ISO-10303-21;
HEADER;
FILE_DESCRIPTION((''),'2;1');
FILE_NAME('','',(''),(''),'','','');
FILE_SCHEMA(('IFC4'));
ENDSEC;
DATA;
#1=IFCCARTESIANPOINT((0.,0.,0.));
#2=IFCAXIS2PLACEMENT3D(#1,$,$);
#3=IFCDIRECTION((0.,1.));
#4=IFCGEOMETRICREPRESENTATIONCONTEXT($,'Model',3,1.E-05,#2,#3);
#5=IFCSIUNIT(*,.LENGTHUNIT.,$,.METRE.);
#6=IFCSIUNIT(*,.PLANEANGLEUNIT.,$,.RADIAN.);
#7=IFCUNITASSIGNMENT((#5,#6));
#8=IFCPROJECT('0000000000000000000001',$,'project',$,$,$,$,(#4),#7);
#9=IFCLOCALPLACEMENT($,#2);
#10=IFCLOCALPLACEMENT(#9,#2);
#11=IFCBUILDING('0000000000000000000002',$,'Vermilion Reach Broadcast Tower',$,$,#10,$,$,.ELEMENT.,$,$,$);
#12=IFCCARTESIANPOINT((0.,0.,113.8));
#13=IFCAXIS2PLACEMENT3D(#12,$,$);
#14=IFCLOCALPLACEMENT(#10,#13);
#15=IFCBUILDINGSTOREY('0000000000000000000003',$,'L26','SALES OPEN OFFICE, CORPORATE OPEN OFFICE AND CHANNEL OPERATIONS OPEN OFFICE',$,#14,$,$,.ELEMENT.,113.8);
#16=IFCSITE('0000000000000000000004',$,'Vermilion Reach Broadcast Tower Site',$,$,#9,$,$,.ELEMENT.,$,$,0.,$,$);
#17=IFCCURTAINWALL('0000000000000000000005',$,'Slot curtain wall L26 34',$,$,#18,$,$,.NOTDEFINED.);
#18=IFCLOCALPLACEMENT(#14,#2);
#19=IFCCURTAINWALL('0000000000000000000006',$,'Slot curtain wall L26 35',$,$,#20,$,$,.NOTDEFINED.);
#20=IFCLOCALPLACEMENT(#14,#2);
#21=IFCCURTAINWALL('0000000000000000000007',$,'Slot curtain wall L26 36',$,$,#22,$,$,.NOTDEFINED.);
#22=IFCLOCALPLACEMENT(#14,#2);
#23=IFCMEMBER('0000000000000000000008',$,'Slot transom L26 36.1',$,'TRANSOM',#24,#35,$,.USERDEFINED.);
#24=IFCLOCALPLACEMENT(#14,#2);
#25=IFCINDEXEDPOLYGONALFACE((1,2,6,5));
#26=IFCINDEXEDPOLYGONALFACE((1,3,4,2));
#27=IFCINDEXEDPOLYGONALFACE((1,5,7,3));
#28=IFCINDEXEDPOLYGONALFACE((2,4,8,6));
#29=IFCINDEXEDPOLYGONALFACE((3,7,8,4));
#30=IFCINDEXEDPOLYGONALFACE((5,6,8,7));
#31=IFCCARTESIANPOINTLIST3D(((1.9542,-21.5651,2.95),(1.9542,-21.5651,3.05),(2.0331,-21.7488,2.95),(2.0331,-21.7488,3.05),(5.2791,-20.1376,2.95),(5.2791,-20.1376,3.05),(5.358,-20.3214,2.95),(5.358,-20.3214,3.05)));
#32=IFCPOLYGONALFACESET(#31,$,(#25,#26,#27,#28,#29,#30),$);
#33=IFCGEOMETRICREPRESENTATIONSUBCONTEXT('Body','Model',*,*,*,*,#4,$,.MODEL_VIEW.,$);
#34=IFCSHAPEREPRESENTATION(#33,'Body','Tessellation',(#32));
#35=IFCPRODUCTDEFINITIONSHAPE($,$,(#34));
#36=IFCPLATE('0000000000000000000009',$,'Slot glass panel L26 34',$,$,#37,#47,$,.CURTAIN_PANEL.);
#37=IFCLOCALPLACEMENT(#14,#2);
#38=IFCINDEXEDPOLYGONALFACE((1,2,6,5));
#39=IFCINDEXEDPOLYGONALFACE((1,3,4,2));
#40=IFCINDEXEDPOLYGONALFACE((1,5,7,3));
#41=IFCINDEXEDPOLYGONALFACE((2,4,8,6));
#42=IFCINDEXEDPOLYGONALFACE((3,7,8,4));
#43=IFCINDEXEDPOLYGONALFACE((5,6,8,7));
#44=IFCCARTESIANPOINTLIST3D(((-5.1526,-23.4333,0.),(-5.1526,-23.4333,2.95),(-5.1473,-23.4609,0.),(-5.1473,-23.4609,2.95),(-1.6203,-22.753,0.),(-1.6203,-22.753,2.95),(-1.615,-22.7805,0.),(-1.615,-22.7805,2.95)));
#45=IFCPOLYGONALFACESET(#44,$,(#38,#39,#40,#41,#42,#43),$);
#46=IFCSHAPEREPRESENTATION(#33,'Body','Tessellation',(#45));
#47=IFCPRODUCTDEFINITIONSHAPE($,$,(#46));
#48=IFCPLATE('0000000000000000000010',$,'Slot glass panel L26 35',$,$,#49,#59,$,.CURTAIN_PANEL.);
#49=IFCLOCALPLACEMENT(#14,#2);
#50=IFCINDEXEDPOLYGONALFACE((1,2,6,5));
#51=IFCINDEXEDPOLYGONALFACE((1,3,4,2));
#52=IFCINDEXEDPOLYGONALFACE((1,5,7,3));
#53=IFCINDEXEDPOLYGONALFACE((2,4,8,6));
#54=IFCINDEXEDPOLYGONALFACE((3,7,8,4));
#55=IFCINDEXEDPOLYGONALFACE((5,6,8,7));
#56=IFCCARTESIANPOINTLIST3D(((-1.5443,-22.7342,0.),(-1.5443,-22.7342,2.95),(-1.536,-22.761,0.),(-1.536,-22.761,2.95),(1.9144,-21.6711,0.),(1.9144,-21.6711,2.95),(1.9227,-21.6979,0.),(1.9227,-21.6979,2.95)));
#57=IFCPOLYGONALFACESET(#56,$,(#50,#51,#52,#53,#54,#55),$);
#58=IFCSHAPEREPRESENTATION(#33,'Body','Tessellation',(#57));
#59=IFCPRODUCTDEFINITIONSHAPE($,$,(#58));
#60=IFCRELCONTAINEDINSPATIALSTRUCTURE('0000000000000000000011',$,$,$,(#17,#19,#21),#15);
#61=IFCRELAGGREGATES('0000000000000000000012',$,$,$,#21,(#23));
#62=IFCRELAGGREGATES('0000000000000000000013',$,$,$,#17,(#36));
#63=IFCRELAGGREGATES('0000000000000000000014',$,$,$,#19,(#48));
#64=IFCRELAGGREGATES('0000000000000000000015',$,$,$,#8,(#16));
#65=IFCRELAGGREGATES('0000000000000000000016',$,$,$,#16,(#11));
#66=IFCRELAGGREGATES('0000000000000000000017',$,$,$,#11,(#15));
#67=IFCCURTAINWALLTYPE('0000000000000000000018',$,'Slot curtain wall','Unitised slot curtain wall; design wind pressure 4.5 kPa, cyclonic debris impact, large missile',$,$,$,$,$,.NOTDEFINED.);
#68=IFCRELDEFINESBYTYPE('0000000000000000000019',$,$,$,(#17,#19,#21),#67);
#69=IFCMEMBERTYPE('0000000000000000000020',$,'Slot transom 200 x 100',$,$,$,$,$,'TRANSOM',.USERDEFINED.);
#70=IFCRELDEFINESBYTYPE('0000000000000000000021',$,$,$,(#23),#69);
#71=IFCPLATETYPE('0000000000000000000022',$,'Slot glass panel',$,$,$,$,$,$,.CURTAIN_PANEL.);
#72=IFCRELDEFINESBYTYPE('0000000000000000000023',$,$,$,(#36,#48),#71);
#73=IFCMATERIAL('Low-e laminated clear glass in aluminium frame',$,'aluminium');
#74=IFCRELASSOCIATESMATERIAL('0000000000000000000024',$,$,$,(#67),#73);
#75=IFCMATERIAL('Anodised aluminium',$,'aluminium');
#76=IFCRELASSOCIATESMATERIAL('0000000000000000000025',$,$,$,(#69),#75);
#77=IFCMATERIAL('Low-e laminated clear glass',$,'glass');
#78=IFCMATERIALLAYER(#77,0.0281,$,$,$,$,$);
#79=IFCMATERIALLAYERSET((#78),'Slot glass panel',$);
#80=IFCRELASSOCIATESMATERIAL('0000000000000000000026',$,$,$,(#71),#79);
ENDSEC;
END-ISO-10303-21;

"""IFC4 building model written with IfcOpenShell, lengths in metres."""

from ifc_helpers import new_model, si_unit, direction, frame, origin, origin_2d, place, context, subcontext, project, spatial, rectangle, extrude, material, layer, layer_set, material_profile, profile_set, type_object, element, aggregate, save


model = new_model("IFC4")

# Units and contexts
model_context = context("Model", 3, precision=1e-05, world=origin(), true_north=direction((0.0, 1.0)))
body_context = subcontext(model_context, "Body", "Model", "MODEL_VIEW")
ifc_project = project(units=[si_unit("LENGTHUNIT", "METRE"), si_unit("PLANEANGLEUNIT", "RADIAN")], contexts=[model_context])

# Site, building, storey
site_placement = place(None, origin())
site = spatial("IfcSite", under=ifc_project, at=site_placement, Name="Vermilion Reach Broadcast Tower Site", CompositionType="ELEMENT", RefElevation=0.0)
building_placement = place(site_placement, origin())
building = spatial("IfcBuilding", under=site, at=building_placement, Name="Vermilion Reach Broadcast Tower", CompositionType="ELEMENT")
storey_placement = place(building_placement, frame((0.0, 0.0, 113.8)))
storey = spatial("IfcBuildingStorey", under=building, at=storey_placement, Name="L26", Description="SALES OPEN OFFICE, CORPORATE OPEN OFFICE AND CHANNEL OPERATIONS OPEN OFFICE", CompositionType="ELEMENT", Elevation=113.8)

# Curtain walls
ifc_material_1 = material(Name="Low-e laminated clear glass in aluminium frame", Category="aluminium")
curtain_wall_type = type_object("IfcCurtainWallType", Name="Slot curtain wall", Description="Unitised slot curtain wall; design wind pressure 4.5 kPa, cyclonic debris impact, large missile", PredefinedType="NOTDEFINED", material=ifc_material_1)
placement = place(storey_placement, origin())
curtain_wall_1 = element("IfcCurtainWall", 1, at=placement, inside=storey, type_object=curtain_wall_type, Name="Slot curtain wall L26 34", PredefinedType="NOTDEFINED")
curtain_wall_2 = element("IfcCurtainWall", 2, at=placement, inside=storey, type_object=curtain_wall_type, Name="Slot curtain wall L26 35", PredefinedType="NOTDEFINED")
curtain_wall_3 = element("IfcCurtainWall", 3, at=placement, inside=storey, type_object=curtain_wall_type, Name="Slot curtain wall L26 36", PredefinedType="NOTDEFINED")

# Member
ifc_material_2 = material(Name="Anodised aluminium", Category="aluminium")
ifc_material_profile_1 = material_profile(ifc_material_2, rectangle(XDim=0.2, YDim=0.1001, at=origin_2d()), Name="Slot transom 200 x 100")
ifc_profile_set_1 = profile_set([ifc_material_profile_1], Name="Anodised aluminium")
member_type_1 = type_object("IfcMemberType", Name="Slot transom 200 x 100", ElementType="TRANSOM", PredefinedType="USERDEFINED", material=ifc_profile_set_1)
member_1_placement = place(storey_placement, frame((1.9937, -21.657, 3.0), z_axis=(0.918894, 0.394506, 0.0), x_axis=(-0.394506, 0.918894, 0.0)))
member_1 = element("IfcMember", 4, at=member_1_placement, type_object=member_type_1, Name="Slot transom L26 36.1", ObjectType="TRANSOM", PredefinedType="USERDEFINED", context=body_context, shape_type="SweptSolid", body=[
    extrude(rectangle(XDim=0.2, YDim=0.1001, at=origin_2d()), origin(), (0.0, 0.0, 1.0), 3.6184),
])
aggregate(curtain_wall_3, [member_1])

# Plates
ifc_material_3 = material(Name="Low-e laminated clear glass", Category="glass")
ifc_layer = layer(ifc_material_3, 0.0281)
ifc_layer_set = layer_set([ifc_layer], Name="Slot glass panel")
plate_type = type_object("IfcPlateType", Name="Slot glass panel", PredefinedType="CURTAIN_PANEL", material=ifc_layer_set)
plate_1_placement = place(storey_placement, frame((-3.3838, -23.1069, 0.0), z_axis=(0.0, 0.0, 1.0), x_axis=(0.981951, 0.189137, 0.0)))
plate_1 = element("IfcPlate", 5, at=plate_1_placement, type_object=plate_type, Name="Slot glass panel L26 34", PredefinedType="CURTAIN_PANEL", context=body_context, shape_type="SweptSolid", body=[
    extrude(rectangle(XDim=3.5972, YDim=0.0281, at=origin_2d()), origin(), (0.0, 0.0, 1.0), 2.95),
])
aggregate(curtain_wall_1, [plate_1])
plate_2_placement = place(storey_placement, frame((0.1892, -22.2161, 0.0), z_axis=(0.0, 0.0, 1.0), x_axis=(0.955867, 0.293801, 0.0)))
plate_2 = element("IfcPlate", 6, at=plate_2_placement, type_object=plate_type, Name="Slot glass panel L26 35", PredefinedType="CURTAIN_PANEL", context=body_context, shape_type="SweptSolid", body=[
    extrude(rectangle(XDim=3.6184, YDim=0.0281, at=origin_2d()), origin(), (0.0, 0.0, 1.0), 2.95),
])
aggregate(curtain_wall_2, [plate_2])

save(model, "model.ifc")
